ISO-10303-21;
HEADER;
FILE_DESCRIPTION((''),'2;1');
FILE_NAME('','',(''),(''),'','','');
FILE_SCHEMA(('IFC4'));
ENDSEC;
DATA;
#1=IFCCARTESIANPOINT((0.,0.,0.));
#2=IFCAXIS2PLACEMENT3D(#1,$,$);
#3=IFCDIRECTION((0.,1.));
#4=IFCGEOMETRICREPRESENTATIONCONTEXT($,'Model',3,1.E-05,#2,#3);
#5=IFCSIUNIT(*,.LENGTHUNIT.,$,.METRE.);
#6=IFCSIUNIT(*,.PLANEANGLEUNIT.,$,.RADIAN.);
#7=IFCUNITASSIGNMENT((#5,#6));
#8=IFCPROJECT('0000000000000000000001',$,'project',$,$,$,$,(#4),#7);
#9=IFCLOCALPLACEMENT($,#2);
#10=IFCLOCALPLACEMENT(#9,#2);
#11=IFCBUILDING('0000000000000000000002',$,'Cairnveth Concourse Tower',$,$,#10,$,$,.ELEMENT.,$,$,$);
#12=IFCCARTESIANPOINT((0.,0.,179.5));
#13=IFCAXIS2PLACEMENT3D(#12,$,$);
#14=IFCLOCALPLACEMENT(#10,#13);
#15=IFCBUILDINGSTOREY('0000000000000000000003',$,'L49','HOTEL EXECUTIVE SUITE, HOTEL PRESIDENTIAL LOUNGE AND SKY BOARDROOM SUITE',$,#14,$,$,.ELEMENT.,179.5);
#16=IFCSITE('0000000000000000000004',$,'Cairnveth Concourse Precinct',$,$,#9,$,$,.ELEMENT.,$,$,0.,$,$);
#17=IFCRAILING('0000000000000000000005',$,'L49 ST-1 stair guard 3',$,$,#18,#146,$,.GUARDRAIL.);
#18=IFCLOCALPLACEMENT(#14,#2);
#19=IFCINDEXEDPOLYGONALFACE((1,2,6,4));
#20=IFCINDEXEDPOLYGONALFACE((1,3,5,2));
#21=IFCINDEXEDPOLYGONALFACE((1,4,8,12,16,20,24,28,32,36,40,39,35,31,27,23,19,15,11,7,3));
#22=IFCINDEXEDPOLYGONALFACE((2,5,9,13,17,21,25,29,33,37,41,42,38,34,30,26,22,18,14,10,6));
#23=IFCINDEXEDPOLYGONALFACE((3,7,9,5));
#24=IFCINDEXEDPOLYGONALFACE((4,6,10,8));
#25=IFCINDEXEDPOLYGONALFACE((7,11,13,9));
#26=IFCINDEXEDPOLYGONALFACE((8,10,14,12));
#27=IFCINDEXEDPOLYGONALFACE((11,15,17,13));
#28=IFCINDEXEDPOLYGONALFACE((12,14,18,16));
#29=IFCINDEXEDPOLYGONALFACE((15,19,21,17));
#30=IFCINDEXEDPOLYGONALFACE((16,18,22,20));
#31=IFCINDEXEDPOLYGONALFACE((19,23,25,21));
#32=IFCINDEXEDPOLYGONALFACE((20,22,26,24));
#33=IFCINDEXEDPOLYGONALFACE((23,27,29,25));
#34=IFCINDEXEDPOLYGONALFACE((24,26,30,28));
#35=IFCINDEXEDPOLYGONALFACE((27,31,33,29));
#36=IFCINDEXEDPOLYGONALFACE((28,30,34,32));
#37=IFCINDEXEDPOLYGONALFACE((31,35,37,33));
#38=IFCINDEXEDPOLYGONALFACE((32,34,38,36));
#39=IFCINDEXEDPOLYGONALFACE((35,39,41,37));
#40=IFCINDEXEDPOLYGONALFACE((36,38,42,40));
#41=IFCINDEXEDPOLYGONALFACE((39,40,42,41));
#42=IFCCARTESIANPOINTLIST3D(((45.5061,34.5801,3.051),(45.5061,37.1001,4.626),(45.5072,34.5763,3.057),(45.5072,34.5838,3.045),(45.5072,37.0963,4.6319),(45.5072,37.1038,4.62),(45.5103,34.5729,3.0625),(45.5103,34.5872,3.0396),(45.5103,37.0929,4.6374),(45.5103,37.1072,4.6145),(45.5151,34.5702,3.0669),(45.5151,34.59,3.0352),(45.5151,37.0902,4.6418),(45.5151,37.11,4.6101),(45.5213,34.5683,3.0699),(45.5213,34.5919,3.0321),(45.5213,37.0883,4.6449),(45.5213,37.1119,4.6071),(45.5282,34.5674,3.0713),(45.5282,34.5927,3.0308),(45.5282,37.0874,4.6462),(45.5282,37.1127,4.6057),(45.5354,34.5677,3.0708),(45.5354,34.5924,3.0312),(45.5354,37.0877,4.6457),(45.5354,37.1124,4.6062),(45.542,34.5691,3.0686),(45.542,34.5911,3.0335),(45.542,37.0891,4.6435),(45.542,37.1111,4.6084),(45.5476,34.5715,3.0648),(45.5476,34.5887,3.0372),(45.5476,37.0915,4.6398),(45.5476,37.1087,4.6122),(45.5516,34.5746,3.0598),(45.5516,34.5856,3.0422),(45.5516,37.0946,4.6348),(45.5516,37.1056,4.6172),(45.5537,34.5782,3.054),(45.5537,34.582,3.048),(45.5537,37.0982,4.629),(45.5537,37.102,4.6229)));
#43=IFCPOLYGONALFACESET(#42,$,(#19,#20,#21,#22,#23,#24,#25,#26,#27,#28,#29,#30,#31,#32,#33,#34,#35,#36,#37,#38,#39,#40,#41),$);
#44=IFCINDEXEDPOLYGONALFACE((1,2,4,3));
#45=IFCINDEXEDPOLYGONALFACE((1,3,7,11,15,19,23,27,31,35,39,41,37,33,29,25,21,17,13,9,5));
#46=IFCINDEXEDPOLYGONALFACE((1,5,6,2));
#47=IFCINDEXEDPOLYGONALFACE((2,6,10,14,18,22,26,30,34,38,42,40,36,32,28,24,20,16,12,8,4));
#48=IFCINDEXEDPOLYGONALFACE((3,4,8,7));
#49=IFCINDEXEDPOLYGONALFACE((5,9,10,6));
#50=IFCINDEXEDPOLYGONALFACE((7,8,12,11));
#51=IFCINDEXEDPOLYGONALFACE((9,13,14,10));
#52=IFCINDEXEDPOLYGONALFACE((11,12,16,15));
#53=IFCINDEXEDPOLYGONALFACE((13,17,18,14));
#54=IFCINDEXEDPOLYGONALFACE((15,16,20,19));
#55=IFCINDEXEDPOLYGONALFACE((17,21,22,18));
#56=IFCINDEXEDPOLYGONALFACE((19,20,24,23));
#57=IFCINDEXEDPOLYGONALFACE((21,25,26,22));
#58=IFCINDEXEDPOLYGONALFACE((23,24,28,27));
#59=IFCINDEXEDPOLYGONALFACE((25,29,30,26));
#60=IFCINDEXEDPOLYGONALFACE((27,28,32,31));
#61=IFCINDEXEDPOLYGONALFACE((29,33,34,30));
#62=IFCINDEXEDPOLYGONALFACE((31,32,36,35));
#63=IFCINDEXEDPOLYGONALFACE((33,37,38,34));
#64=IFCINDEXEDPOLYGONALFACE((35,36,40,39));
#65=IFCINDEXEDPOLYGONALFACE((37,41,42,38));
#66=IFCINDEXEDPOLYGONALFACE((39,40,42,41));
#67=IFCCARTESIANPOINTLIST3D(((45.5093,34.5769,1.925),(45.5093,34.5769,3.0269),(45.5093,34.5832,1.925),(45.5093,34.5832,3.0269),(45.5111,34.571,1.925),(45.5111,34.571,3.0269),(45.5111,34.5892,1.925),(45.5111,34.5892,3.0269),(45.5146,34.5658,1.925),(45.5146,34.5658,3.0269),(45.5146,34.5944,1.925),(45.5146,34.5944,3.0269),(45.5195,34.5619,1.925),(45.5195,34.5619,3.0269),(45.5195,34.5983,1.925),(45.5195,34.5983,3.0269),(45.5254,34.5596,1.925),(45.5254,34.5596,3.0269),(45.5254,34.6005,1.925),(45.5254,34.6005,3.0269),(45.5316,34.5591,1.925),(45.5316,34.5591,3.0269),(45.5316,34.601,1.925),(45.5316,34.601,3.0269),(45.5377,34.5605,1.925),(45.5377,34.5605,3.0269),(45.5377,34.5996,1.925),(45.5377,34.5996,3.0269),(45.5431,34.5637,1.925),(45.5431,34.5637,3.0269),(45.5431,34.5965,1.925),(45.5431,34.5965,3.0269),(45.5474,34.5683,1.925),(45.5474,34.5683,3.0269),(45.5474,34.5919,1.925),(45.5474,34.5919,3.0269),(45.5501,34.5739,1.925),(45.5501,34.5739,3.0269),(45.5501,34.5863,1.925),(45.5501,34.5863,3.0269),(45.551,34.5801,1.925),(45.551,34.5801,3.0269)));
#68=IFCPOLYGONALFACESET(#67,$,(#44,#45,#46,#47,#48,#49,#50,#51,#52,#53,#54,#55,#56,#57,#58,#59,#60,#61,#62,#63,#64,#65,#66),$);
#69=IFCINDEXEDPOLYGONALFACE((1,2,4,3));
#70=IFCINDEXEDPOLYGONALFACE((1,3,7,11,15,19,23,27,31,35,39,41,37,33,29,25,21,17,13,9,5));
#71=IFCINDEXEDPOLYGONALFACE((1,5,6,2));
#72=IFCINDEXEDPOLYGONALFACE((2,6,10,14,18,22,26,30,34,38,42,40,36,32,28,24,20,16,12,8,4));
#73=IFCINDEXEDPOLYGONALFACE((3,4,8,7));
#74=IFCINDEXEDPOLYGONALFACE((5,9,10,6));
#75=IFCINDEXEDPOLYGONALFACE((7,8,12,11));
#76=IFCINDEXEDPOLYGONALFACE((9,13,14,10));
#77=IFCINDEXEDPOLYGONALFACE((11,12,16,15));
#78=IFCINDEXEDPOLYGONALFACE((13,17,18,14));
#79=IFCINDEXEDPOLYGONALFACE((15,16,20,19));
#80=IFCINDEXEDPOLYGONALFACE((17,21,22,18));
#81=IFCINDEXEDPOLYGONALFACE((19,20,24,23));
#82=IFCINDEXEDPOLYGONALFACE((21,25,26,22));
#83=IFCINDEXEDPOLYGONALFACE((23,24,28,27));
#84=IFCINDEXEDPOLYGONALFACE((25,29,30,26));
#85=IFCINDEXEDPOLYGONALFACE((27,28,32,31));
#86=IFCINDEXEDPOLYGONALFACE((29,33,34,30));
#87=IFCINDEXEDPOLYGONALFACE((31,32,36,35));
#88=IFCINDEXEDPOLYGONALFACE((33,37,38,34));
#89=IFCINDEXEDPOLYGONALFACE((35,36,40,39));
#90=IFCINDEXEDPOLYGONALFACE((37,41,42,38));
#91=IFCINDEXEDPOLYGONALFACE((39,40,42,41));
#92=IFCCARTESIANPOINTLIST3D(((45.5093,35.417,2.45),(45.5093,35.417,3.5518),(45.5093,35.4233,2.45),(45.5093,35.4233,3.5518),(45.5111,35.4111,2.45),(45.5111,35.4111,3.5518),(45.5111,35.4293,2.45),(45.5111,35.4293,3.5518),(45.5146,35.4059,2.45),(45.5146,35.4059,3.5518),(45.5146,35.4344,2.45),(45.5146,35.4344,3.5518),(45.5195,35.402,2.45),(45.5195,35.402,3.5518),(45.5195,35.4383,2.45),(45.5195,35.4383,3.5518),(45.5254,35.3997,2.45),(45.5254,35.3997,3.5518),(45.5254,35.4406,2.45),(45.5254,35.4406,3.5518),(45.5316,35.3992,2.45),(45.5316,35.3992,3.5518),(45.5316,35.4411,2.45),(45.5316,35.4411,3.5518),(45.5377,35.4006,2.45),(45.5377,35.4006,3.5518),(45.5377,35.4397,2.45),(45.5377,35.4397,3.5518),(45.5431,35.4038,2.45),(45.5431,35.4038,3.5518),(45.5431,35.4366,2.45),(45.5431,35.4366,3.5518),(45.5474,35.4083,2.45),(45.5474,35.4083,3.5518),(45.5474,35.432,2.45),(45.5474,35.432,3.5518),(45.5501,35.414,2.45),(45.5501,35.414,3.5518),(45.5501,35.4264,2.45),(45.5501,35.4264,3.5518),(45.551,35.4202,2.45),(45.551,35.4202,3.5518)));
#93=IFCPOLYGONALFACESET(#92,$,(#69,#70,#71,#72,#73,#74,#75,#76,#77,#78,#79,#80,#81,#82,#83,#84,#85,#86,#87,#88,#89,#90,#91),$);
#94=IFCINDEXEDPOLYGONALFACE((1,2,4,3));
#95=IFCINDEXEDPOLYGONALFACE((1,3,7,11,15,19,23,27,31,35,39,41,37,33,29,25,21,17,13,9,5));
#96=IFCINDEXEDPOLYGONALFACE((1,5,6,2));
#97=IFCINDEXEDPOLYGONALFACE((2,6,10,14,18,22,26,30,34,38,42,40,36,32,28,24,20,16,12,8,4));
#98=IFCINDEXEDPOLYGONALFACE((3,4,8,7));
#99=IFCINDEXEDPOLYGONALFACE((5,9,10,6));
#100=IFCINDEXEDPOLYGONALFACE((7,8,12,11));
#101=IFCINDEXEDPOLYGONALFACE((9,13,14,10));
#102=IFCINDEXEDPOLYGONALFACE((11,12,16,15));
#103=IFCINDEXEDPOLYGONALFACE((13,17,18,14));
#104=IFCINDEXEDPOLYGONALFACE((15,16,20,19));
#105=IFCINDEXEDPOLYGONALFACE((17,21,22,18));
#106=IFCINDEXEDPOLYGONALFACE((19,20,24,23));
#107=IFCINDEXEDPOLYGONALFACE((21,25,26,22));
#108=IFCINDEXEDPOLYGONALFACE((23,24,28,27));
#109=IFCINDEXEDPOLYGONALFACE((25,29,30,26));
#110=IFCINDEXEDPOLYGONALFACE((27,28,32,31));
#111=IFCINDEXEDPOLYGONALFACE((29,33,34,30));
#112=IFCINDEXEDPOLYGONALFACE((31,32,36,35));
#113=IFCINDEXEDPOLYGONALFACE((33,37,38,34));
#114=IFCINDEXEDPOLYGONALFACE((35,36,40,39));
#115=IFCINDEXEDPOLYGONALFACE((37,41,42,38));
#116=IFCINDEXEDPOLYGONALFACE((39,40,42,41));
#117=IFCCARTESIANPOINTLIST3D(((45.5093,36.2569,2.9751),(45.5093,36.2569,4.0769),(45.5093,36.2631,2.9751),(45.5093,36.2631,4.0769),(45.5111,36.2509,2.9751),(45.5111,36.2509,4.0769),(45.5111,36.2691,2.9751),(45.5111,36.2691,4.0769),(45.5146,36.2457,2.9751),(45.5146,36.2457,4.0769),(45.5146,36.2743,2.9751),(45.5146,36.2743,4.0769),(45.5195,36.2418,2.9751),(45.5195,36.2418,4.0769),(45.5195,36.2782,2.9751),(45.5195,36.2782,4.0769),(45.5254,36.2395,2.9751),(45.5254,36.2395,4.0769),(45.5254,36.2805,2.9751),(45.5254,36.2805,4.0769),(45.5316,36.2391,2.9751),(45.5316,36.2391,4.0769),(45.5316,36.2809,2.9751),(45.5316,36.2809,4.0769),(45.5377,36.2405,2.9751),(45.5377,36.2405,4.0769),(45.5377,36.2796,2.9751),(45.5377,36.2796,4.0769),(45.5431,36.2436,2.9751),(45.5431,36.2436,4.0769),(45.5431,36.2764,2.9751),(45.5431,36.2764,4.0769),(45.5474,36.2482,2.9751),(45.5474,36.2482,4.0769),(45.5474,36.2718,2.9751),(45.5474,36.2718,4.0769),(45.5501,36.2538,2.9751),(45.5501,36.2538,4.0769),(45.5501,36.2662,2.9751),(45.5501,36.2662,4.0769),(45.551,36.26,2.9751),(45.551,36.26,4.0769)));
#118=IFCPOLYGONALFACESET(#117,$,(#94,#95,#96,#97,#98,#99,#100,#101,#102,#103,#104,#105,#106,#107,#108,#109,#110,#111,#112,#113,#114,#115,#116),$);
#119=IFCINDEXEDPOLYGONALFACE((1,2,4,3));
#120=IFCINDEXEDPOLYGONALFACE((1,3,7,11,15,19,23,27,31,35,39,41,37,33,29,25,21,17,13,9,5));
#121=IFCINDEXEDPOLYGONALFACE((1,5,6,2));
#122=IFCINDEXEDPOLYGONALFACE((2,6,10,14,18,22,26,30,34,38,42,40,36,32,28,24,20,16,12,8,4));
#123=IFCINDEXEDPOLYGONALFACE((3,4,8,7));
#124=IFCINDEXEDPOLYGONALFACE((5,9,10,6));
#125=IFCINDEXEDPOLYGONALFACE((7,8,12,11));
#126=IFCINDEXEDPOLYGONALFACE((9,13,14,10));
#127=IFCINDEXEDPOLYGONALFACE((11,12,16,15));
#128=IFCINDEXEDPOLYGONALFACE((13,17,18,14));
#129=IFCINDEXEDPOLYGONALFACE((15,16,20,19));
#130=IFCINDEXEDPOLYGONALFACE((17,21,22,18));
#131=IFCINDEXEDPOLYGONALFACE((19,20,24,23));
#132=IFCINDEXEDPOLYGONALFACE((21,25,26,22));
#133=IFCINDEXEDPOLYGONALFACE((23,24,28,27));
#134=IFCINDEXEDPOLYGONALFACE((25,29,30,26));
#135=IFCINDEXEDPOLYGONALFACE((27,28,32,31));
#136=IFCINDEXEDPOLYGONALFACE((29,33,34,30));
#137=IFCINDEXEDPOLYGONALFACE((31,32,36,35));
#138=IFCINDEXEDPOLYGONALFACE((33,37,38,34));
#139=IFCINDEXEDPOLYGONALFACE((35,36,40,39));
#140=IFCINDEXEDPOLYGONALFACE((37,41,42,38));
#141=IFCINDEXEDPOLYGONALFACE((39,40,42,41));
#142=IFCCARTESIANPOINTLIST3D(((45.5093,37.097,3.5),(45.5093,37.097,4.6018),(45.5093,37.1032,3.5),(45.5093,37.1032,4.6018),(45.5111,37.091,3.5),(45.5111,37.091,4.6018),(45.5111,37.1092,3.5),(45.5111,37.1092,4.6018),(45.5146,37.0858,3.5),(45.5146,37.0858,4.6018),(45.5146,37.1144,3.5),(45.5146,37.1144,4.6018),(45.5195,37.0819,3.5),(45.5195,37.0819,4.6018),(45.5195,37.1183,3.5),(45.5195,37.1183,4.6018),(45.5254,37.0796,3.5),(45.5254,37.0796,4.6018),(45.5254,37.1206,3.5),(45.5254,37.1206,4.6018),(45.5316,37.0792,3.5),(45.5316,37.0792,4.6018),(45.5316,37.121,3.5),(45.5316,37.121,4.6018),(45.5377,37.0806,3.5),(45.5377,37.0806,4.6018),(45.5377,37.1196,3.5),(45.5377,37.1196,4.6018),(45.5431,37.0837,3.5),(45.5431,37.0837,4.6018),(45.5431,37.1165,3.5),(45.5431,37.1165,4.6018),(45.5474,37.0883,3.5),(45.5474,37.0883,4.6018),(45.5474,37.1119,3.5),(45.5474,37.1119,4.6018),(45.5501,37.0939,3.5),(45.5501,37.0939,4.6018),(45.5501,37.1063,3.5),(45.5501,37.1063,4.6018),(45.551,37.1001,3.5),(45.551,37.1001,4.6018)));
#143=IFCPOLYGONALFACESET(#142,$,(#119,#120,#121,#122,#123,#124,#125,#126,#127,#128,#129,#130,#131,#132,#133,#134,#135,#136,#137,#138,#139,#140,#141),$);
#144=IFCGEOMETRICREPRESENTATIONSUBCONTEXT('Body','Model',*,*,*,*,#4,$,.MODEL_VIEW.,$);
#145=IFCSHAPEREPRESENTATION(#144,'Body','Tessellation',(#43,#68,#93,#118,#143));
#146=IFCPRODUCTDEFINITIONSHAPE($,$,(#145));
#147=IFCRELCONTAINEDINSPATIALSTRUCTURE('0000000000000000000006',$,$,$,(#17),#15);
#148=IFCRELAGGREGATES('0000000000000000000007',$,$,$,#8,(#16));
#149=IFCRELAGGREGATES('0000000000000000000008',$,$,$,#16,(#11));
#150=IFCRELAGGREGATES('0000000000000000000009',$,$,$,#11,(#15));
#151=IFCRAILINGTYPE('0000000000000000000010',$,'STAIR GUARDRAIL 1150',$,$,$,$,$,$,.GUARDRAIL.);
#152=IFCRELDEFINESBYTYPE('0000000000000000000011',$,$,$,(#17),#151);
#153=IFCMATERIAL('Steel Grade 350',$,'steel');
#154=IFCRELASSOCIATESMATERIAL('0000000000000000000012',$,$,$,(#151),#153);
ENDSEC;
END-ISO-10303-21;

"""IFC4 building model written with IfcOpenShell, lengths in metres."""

from ifc_helpers import new_model, si_unit, direction, frame, origin, origin_2d, place, context, subcontext, project, spatial, circle, extrude, material, type_object, element, save


model = new_model("IFC4")

# Units and contexts
model_context = context("Model", 3, precision=1e-05, world=origin(), true_north=direction((0.0, 1.0)))
body_context = subcontext(model_context, "Body", "Model", "MODEL_VIEW")
ifc_project = project(units=[si_unit("LENGTHUNIT", "METRE"), si_unit("PLANEANGLEUNIT", "RADIAN")], contexts=[model_context])

# Site, building, storey
site_placement = place(None, origin())
site = spatial("IfcSite", under=ifc_project, at=site_placement, Name="Cairnveth Concourse Precinct", CompositionType="ELEMENT", RefElevation=0.0)
building_placement = place(site_placement, origin())
building = spatial("IfcBuilding", under=site, at=building_placement, Name="Cairnveth Concourse Tower", CompositionType="ELEMENT")
storey_placement = place(building_placement, frame((0.0, 0.0, 179.5)))
storey = spatial("IfcBuildingStorey", under=building, at=storey_placement, Name="L49", Description="HOTEL EXECUTIVE SUITE, HOTEL PRESIDENTIAL LOUNGE AND SKY BOARDROOM SUITE", CompositionType="ELEMENT", Elevation=179.5)

# Shared definitions
ifc_material_1 = material(Name="Steel Grade 350", Category="steel")

# Railing
railing_type_1 = type_object("IfcRailingType", Name="STAIR GUARDRAIL 1150", PredefinedType="GUARDRAIL", material=ifc_material_1)
railing_1_placement = place(storey_placement, frame((45.53, 34.5801, 1.925)))
element("IfcRailing", 1, at=railing_1_placement, inside=storey, type_object=railing_type_1, Name="L49 ST-1 stair guard 3", PredefinedType="GUARDRAIL", context=body_context, shape_type="SweptSolid", body=[
    extrude(circle(Radius=0.0239, at=origin_2d()), frame((0.0, 0.0, 1.126), z_axis=(0.0, 0.848008, 0.529984), x_axis=(-1.0, 0.0, 0.0)), (0.0, 0.0, 1.0), 2.9717),
    extrude(circle(Radius=0.021, at=origin_2d()), origin(), (0.0, 0.0, 1.0), 1.1018),
    extrude(circle(Radius=0.021, at=origin_2d()), frame((0.0, 0.8401, 0.5249)), (0.0, 0.0, 1.0), 1.1018),
    extrude(circle(Radius=0.021, at=origin_2d()), frame((0.0, 1.6799, 1.05)), (0.0, 0.0, 1.0), 1.1018),
    extrude(circle(Radius=0.021, at=origin_2d()), frame((0.0, 2.52, 1.575)), (0.0, 0.0, 1.0), 1.1018),
])

save(model, "model.ifc")
